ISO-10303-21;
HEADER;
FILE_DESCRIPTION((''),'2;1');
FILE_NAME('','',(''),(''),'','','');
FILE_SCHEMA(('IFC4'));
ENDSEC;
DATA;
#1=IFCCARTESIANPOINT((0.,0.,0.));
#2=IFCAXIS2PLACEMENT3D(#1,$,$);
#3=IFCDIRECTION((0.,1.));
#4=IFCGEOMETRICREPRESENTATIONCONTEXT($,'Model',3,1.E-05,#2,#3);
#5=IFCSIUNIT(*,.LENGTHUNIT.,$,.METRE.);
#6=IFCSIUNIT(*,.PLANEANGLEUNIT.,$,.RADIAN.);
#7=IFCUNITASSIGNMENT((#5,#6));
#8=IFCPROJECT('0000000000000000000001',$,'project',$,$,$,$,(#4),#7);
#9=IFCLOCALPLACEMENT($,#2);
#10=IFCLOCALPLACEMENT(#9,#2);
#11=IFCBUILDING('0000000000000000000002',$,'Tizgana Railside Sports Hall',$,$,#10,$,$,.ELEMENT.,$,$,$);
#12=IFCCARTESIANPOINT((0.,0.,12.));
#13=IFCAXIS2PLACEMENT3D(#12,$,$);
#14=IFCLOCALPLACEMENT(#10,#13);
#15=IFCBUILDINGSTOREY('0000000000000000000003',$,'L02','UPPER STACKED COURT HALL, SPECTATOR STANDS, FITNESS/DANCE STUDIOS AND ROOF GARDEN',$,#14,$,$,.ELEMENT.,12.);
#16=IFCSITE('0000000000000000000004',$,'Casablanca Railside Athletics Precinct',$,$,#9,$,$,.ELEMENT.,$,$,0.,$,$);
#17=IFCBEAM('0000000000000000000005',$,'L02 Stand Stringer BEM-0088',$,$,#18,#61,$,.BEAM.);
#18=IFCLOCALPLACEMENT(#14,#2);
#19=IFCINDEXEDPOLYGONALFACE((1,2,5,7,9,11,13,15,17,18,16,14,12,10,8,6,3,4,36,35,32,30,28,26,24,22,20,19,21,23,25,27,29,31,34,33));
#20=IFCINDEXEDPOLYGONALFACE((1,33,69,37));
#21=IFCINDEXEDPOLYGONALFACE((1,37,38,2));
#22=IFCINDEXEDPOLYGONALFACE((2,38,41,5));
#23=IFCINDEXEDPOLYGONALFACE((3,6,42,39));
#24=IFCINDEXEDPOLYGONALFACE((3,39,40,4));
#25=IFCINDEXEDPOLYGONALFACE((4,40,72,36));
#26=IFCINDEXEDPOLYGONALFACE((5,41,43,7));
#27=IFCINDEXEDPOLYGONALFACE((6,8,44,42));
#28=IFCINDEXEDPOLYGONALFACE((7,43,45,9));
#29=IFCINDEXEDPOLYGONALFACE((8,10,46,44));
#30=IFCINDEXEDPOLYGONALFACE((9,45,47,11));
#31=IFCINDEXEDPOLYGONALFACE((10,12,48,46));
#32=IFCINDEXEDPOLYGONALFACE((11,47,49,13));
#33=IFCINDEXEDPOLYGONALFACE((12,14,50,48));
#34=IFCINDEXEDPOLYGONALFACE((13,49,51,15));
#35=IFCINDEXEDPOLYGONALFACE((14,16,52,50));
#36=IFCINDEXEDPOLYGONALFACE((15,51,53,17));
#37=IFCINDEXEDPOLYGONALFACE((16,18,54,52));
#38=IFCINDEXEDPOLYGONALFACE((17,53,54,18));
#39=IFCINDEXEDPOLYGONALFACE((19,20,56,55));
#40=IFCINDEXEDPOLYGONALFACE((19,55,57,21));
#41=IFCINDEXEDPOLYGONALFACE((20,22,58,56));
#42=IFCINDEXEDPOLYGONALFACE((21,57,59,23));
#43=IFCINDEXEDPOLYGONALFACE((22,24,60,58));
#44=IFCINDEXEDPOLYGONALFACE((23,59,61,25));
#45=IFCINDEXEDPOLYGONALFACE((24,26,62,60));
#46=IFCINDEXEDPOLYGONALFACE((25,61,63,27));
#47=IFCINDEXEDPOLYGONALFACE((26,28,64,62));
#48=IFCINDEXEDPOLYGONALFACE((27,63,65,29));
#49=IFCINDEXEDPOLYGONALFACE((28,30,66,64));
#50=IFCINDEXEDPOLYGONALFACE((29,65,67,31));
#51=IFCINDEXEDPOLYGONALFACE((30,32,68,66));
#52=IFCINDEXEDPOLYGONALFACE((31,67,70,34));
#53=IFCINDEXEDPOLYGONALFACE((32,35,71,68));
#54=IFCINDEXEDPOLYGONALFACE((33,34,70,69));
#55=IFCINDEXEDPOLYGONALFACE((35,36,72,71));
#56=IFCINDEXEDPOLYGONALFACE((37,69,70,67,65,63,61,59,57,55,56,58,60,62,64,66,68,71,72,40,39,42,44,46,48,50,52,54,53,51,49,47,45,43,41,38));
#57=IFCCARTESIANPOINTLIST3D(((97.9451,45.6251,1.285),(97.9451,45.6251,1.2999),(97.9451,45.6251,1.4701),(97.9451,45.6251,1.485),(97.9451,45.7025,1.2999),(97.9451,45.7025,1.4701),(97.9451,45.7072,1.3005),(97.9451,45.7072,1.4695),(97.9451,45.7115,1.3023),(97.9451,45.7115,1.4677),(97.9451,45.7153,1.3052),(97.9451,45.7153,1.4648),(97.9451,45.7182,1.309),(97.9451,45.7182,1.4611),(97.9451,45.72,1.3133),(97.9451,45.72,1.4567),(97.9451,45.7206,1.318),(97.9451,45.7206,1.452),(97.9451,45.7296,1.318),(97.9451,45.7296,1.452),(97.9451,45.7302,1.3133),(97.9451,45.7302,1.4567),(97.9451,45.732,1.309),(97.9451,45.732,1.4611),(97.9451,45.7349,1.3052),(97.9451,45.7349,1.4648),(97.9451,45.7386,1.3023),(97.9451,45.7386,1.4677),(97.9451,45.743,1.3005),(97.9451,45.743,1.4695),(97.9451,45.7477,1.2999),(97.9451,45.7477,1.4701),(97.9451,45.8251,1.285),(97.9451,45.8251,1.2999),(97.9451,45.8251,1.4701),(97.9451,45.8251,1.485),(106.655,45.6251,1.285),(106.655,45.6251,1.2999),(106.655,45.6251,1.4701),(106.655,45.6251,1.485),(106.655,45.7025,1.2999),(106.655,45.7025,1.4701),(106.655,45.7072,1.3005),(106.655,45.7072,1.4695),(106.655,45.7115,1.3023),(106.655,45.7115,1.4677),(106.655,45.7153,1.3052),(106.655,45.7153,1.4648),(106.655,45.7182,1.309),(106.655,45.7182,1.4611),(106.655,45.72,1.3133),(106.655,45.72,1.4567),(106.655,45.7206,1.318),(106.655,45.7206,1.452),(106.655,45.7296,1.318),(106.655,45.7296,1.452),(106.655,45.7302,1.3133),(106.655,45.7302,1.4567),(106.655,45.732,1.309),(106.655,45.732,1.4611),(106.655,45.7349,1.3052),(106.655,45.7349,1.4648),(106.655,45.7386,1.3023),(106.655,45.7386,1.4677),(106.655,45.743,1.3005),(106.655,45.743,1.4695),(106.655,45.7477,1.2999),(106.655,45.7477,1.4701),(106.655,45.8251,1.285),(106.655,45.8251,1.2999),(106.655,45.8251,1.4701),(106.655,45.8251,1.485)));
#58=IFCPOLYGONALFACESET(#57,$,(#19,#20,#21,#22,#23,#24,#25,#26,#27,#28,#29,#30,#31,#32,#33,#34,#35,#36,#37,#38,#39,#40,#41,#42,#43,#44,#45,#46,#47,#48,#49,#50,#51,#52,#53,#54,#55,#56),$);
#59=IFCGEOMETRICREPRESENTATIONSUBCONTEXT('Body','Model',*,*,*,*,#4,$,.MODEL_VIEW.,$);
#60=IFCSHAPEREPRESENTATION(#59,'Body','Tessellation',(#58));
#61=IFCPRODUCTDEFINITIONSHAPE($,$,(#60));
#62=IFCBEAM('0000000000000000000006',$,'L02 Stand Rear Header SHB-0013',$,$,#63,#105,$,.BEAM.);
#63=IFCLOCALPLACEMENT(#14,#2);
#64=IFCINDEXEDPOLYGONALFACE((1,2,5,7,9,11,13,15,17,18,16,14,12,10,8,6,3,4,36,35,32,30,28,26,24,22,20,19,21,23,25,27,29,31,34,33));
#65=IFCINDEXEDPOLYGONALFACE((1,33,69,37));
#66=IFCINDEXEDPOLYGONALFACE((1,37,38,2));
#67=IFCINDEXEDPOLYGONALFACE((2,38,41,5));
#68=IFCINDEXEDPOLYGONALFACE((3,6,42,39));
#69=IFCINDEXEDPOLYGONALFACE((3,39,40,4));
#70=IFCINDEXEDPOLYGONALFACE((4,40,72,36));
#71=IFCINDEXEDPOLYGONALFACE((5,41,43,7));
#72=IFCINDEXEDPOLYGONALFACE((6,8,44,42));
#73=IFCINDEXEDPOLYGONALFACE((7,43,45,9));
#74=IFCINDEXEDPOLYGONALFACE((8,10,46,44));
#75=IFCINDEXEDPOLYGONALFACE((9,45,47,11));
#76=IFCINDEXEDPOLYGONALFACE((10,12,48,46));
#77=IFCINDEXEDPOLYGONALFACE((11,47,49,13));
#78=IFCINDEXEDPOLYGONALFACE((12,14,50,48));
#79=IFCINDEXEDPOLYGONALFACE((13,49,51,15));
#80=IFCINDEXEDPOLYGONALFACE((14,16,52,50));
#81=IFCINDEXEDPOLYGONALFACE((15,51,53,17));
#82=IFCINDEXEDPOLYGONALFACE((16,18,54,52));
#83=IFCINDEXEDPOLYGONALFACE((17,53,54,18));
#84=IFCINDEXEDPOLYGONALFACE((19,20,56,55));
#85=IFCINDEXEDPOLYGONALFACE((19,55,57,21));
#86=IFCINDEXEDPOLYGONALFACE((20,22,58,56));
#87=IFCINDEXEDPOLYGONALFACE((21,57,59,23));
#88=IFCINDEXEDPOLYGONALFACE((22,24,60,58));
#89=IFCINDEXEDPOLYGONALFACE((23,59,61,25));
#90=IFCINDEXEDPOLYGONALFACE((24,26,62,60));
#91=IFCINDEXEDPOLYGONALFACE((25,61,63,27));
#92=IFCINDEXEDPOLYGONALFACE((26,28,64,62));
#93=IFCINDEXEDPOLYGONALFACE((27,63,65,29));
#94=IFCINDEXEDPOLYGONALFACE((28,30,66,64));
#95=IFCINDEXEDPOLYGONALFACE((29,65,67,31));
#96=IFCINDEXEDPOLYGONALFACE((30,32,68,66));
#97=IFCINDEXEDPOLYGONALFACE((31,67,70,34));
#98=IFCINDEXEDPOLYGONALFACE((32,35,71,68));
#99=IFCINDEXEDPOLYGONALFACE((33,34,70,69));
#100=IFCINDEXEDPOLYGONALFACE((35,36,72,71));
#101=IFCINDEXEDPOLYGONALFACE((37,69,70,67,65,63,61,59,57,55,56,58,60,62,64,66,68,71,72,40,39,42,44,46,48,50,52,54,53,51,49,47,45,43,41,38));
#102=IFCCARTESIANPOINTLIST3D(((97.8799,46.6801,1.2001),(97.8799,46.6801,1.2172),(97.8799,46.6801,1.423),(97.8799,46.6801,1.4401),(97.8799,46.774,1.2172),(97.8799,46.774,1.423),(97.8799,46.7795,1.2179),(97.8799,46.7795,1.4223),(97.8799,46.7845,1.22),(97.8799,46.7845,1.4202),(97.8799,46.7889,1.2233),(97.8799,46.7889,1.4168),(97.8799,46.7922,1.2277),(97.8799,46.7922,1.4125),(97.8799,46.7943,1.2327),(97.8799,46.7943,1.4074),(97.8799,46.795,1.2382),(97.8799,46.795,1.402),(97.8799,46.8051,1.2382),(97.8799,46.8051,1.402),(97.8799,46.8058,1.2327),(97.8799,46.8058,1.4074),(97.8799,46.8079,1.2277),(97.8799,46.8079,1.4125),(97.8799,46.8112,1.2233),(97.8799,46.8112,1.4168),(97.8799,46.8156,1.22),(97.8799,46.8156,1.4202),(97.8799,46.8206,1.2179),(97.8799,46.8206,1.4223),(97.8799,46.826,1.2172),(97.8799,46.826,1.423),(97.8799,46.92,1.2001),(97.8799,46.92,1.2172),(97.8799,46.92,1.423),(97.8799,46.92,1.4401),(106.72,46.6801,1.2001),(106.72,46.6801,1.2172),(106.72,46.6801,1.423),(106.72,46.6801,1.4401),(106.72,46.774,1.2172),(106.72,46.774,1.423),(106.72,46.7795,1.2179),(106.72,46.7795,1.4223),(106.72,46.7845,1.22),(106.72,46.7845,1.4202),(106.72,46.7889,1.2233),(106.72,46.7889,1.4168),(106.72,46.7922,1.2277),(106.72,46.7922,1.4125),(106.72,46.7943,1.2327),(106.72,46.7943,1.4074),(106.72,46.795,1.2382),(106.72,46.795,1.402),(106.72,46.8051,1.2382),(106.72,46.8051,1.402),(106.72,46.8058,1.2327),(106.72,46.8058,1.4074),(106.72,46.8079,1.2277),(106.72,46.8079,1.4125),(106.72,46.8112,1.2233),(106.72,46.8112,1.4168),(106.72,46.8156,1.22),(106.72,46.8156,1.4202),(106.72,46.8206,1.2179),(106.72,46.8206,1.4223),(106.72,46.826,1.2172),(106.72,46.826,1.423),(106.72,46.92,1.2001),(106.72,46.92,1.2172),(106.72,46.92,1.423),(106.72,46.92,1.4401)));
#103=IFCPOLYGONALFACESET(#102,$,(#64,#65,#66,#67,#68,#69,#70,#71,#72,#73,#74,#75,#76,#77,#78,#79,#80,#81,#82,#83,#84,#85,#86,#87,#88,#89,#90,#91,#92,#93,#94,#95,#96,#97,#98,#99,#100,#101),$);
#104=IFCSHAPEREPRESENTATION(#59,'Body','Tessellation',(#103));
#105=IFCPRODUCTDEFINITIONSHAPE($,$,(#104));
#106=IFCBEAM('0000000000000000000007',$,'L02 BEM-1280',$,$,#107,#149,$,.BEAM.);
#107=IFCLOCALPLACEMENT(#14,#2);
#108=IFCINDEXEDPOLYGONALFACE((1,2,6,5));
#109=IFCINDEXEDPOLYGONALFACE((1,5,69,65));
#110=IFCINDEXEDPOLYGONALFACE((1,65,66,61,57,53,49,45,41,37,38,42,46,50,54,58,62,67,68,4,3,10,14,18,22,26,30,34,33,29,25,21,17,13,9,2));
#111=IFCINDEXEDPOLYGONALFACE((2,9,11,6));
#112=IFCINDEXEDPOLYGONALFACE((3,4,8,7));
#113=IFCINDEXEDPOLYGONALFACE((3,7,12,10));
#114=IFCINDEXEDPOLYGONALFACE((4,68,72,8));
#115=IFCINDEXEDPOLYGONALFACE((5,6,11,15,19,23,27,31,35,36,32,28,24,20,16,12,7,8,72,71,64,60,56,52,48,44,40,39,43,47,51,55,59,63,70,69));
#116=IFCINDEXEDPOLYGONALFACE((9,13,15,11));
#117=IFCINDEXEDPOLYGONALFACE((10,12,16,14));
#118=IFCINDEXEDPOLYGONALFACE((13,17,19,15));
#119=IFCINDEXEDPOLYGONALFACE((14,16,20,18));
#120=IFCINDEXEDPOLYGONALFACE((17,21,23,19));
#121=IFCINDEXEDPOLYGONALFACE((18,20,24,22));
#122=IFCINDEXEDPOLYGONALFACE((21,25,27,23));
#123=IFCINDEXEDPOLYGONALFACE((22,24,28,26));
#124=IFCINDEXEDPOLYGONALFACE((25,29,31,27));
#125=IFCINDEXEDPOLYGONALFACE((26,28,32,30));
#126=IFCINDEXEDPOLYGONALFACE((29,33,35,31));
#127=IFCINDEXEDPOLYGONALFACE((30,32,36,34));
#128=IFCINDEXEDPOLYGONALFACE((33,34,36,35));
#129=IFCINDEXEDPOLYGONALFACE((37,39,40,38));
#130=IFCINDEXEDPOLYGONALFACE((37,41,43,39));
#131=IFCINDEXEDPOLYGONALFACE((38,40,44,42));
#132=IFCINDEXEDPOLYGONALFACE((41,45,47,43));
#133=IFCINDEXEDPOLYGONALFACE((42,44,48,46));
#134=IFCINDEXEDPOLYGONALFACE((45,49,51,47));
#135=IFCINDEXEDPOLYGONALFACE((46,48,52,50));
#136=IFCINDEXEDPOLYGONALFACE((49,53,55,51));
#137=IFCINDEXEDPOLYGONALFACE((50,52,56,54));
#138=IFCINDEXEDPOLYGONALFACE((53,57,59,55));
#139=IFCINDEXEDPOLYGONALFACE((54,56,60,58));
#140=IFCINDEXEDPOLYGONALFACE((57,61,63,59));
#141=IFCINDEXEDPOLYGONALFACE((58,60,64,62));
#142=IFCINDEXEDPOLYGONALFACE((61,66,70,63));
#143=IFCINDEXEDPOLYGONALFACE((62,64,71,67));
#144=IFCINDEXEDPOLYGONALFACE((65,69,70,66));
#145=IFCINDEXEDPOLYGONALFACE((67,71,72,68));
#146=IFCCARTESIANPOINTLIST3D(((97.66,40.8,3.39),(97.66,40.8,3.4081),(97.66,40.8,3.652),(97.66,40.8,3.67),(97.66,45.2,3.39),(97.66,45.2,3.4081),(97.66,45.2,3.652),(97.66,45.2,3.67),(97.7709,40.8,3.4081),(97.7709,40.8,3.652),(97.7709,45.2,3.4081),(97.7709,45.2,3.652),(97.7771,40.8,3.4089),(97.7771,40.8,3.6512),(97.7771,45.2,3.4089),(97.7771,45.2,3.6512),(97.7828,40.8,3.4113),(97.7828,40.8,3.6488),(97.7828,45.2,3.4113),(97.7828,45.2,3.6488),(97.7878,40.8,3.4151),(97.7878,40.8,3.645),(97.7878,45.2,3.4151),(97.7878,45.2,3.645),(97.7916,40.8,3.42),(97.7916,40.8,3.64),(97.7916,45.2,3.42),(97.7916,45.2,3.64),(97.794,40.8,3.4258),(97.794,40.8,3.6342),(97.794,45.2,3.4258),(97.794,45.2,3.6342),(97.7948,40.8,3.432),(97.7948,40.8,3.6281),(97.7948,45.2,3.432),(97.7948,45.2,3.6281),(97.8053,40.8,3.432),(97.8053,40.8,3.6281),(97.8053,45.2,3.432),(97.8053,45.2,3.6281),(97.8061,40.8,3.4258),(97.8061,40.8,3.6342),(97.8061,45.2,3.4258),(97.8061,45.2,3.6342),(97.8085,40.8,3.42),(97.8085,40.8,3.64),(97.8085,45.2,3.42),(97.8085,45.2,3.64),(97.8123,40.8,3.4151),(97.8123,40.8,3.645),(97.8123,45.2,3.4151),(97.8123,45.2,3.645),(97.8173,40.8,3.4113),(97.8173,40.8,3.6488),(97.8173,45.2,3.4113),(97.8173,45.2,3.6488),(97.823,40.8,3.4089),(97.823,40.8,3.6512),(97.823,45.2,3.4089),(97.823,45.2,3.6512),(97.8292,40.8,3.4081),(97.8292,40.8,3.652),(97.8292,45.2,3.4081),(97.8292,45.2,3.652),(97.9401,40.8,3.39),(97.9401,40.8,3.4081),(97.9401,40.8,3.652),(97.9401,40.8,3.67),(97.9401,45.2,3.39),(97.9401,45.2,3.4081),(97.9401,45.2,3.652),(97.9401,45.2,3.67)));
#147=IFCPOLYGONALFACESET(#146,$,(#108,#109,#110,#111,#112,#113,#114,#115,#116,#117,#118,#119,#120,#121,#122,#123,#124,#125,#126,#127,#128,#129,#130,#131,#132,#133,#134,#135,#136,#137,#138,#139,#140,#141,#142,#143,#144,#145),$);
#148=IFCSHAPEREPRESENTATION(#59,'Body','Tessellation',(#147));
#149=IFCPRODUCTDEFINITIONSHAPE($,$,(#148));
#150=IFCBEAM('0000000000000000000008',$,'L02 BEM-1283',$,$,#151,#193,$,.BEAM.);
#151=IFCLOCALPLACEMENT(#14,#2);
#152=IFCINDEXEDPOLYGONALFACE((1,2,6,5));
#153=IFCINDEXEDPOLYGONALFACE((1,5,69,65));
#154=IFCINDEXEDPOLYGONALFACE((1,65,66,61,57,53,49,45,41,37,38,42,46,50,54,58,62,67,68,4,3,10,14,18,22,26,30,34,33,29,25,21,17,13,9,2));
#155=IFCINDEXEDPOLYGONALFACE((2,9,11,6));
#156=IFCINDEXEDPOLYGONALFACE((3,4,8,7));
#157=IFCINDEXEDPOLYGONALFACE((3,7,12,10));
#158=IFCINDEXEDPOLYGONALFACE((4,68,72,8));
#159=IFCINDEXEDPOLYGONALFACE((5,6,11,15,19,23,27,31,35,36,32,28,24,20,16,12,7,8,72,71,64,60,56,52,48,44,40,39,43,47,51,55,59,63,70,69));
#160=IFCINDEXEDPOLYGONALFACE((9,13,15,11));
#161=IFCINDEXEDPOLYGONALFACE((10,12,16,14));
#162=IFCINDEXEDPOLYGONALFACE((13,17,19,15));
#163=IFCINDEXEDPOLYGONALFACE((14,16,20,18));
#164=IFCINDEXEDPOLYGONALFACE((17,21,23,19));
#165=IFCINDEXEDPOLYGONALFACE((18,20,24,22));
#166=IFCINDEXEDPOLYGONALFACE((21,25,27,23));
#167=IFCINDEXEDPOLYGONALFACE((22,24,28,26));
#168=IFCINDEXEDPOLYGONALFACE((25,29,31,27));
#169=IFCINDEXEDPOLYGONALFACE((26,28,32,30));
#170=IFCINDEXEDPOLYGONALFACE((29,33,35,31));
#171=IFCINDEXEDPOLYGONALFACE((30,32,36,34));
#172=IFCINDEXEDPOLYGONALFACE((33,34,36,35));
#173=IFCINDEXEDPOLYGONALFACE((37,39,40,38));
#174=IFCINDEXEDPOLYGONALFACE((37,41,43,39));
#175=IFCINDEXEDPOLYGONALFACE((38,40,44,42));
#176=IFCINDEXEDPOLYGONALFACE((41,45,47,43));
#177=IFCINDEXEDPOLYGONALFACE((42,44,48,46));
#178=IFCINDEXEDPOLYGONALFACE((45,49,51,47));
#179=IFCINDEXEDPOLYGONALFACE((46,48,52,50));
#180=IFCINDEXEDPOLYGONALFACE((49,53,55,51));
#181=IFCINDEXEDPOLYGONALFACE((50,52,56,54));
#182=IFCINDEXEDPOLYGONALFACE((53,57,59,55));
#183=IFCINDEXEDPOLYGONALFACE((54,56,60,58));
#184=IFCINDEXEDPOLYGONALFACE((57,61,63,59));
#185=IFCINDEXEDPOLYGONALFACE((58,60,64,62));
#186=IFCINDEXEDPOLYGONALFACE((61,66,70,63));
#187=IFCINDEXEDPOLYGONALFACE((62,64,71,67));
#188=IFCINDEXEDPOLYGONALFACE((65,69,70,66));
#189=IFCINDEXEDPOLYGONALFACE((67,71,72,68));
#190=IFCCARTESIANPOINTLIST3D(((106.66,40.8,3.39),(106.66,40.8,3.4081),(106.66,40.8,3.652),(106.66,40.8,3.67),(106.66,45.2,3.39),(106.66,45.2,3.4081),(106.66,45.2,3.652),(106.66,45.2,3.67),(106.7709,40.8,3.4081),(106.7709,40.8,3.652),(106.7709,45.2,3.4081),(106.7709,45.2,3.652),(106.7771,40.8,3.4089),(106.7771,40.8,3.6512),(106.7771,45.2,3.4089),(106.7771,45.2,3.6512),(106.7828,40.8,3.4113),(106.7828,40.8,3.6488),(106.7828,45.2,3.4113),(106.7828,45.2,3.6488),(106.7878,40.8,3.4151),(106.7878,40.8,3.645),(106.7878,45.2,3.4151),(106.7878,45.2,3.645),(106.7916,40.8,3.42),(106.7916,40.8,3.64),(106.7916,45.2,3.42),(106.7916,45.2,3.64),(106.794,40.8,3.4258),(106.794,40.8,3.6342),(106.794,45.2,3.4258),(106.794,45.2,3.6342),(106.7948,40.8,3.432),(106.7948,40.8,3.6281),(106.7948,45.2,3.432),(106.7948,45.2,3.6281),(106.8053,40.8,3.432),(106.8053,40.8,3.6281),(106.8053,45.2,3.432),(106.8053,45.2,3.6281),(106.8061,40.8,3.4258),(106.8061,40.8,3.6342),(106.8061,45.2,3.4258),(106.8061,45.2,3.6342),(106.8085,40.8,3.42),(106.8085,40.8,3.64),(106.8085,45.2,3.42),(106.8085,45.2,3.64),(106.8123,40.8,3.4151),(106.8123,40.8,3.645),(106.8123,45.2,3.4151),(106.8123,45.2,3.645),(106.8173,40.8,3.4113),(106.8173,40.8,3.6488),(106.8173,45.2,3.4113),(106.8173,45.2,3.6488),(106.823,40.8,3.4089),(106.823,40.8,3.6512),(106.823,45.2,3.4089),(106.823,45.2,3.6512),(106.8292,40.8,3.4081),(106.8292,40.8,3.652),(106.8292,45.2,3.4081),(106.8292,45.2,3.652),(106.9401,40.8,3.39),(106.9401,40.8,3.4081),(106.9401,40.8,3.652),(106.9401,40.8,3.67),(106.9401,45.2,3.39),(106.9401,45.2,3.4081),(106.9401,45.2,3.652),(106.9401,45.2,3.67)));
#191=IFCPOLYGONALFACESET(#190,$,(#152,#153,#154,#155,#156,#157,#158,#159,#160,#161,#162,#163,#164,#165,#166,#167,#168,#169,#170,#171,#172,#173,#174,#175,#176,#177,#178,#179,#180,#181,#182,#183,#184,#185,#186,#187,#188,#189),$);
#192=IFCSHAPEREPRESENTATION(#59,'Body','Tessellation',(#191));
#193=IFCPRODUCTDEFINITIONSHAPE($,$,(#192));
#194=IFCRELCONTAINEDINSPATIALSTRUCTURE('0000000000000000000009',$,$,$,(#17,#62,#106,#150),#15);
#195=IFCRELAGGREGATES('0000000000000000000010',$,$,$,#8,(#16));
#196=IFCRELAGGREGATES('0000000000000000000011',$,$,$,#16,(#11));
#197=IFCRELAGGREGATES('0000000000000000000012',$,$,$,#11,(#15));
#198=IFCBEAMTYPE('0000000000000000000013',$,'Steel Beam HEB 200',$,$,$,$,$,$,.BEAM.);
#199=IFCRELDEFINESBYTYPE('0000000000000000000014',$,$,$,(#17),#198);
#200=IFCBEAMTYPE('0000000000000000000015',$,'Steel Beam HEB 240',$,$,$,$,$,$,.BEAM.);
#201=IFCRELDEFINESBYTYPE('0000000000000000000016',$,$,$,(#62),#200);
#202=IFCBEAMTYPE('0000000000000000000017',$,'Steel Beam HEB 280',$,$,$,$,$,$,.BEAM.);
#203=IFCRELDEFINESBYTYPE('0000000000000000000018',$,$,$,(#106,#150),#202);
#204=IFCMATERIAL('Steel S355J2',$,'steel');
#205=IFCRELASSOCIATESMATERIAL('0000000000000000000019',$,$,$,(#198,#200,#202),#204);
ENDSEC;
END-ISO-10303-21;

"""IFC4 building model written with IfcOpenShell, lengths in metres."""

from ifc_helpers import new_model, si_unit, direction, frame, origin, origin_2d, place, context, subcontext, project, spatial, i_section, extrude, material, material_profile, profile_set, type_object, element, save


model = new_model("IFC4")

# Units and contexts
model_context = context("Model", 3, precision=1e-05, world=origin(), true_north=direction((0.0, 1.0)))
body_context = subcontext(model_context, "Body", "Model", "MODEL_VIEW")
ifc_project = project(units=[si_unit("LENGTHUNIT", "METRE"), si_unit("PLANEANGLEUNIT", "RADIAN")], contexts=[model_context])

# Site, building, storey
site_placement = place(None, origin())
site = spatial("IfcSite", under=ifc_project, at=site_placement, Name="Casablanca Railside Athletics Precinct", CompositionType="ELEMENT", RefElevation=0.0)
building_placement = place(site_placement, origin())
building = spatial("IfcBuilding", under=site, at=building_placement, Name="Tizgana Railside Sports Hall", CompositionType="ELEMENT")
storey_placement = place(building_placement, frame((0.0, 0.0, 12.0)))
storey = spatial("IfcBuildingStorey", under=building, at=storey_placement, Name="L02", Description="UPPER STACKED COURT HALL, SPECTATOR STANDS, FITNESS/DANCE STUDIOS AND ROOF GARDEN", CompositionType="ELEMENT", Elevation=12.0)

# Beams
ifc_material_1 = material(Name="Steel S355J2", Category="steel")
ifc_material_profile_1 = material_profile(ifc_material_1, i_section(OverallWidth=0.2, OverallDepth=0.2, WebThickness=0.009, FlangeThickness=0.0149, FilletRadius=0.0181, at=origin_2d()), Name="HEB 200")
ifc_profile_set_1 = profile_set([ifc_material_profile_1], Name="Steel S355J2")
beam_type_1 = type_object("IfcBeamType", Name="Steel Beam HEB 200", PredefinedType="BEAM", material=ifc_profile_set_1)
for number, where, z_axis, x_axis, name in (
    (1, (97.9451, 45.7251, 1.385), (1.0, 0.0, 0.0), (0.0, 1.0, 0.0), "L02 Stand Stringer BEM-0088"),
):
    element("IfcBeam", number, at=place(storey_placement, frame(where, z_axis=z_axis, x_axis=x_axis)), inside=storey, type_object=beam_type_1, Name=name, PredefinedType="BEAM", context=body_context, shape_type="SweptSolid", body=[
        extrude(i_section(OverallWidth=0.2, OverallDepth=0.2, WebThickness=0.009, FlangeThickness=0.0149, FilletRadius=0.0181, at=origin_2d()), origin(), (0.0, 0.0, 1.0), 8.71),
    ])
ifc_material_profile_2 = material_profile(ifc_material_1, i_section(OverallWidth=0.24, OverallDepth=0.24, WebThickness=0.01, FlangeThickness=0.0171, FilletRadius=0.021, at=origin_2d()), Name="HEB 240")
ifc_profile_set_2 = profile_set([ifc_material_profile_2], Name="Steel S355J2")
beam_type_2 = type_object("IfcBeamType", Name="Steel Beam HEB 240", PredefinedType="BEAM", material=ifc_profile_set_2)
beam_placement = place(storey_placement, frame((97.8799, 46.8, 1.3201), z_axis=(1.0, 0.0, 0.0), x_axis=(0.0, 1.0, 0.0)))
element("IfcBeam", 2, at=beam_placement, inside=storey, type_object=beam_type_2, Name="L02 Stand Rear Header SHB-0013", PredefinedType="BEAM", context=body_context, shape_type="SweptSolid", body=[
    extrude(i_section(OverallWidth=0.24, OverallDepth=0.24, WebThickness=0.01, FlangeThickness=0.0171, FilletRadius=0.021, at=origin_2d()), origin(), (0.0, 0.0, 1.0), 8.8401),
])
ifc_material_profile_3 = material_profile(ifc_material_1, i_section(OverallWidth=0.28, OverallDepth=0.28, WebThickness=0.0105, FlangeThickness=0.0181, FilletRadius=0.0239, at=origin_2d()), Name="HEB 280")
ifc_profile_set_3 = profile_set([ifc_material_profile_3], Name="Steel S355J2")
beam_type_3 = type_object("IfcBeamType", Name="Steel Beam HEB 280", PredefinedType="BEAM", material=ifc_profile_set_3)
for number, where, z_axis, x_axis, name in (
    (3, (97.8, 40.8, 3.53), (0.0, 1.0, 0.0), (-1.0, 0.0, 0.0), "L02 BEM-1280"),
    (4, (106.8, 40.8, 3.53), (0.0, 1.0, 0.0), (-1.0, 0.0, 0.0), "L02 BEM-1283"),
):
    element("IfcBeam", number, at=place(storey_placement, frame(where, z_axis=z_axis, x_axis=x_axis)), inside=storey, type_object=beam_type_3, Name=name, PredefinedType="BEAM", context=body_context, shape_type="SweptSolid", body=[
        extrude(i_section(OverallWidth=0.28, OverallDepth=0.28, WebThickness=0.0105, FlangeThickness=0.0181, FilletRadius=0.0239, at=origin_2d()), origin(), (0.0, 0.0, 1.0), 4.3999),
    ])

save(model, "model.ifc")
